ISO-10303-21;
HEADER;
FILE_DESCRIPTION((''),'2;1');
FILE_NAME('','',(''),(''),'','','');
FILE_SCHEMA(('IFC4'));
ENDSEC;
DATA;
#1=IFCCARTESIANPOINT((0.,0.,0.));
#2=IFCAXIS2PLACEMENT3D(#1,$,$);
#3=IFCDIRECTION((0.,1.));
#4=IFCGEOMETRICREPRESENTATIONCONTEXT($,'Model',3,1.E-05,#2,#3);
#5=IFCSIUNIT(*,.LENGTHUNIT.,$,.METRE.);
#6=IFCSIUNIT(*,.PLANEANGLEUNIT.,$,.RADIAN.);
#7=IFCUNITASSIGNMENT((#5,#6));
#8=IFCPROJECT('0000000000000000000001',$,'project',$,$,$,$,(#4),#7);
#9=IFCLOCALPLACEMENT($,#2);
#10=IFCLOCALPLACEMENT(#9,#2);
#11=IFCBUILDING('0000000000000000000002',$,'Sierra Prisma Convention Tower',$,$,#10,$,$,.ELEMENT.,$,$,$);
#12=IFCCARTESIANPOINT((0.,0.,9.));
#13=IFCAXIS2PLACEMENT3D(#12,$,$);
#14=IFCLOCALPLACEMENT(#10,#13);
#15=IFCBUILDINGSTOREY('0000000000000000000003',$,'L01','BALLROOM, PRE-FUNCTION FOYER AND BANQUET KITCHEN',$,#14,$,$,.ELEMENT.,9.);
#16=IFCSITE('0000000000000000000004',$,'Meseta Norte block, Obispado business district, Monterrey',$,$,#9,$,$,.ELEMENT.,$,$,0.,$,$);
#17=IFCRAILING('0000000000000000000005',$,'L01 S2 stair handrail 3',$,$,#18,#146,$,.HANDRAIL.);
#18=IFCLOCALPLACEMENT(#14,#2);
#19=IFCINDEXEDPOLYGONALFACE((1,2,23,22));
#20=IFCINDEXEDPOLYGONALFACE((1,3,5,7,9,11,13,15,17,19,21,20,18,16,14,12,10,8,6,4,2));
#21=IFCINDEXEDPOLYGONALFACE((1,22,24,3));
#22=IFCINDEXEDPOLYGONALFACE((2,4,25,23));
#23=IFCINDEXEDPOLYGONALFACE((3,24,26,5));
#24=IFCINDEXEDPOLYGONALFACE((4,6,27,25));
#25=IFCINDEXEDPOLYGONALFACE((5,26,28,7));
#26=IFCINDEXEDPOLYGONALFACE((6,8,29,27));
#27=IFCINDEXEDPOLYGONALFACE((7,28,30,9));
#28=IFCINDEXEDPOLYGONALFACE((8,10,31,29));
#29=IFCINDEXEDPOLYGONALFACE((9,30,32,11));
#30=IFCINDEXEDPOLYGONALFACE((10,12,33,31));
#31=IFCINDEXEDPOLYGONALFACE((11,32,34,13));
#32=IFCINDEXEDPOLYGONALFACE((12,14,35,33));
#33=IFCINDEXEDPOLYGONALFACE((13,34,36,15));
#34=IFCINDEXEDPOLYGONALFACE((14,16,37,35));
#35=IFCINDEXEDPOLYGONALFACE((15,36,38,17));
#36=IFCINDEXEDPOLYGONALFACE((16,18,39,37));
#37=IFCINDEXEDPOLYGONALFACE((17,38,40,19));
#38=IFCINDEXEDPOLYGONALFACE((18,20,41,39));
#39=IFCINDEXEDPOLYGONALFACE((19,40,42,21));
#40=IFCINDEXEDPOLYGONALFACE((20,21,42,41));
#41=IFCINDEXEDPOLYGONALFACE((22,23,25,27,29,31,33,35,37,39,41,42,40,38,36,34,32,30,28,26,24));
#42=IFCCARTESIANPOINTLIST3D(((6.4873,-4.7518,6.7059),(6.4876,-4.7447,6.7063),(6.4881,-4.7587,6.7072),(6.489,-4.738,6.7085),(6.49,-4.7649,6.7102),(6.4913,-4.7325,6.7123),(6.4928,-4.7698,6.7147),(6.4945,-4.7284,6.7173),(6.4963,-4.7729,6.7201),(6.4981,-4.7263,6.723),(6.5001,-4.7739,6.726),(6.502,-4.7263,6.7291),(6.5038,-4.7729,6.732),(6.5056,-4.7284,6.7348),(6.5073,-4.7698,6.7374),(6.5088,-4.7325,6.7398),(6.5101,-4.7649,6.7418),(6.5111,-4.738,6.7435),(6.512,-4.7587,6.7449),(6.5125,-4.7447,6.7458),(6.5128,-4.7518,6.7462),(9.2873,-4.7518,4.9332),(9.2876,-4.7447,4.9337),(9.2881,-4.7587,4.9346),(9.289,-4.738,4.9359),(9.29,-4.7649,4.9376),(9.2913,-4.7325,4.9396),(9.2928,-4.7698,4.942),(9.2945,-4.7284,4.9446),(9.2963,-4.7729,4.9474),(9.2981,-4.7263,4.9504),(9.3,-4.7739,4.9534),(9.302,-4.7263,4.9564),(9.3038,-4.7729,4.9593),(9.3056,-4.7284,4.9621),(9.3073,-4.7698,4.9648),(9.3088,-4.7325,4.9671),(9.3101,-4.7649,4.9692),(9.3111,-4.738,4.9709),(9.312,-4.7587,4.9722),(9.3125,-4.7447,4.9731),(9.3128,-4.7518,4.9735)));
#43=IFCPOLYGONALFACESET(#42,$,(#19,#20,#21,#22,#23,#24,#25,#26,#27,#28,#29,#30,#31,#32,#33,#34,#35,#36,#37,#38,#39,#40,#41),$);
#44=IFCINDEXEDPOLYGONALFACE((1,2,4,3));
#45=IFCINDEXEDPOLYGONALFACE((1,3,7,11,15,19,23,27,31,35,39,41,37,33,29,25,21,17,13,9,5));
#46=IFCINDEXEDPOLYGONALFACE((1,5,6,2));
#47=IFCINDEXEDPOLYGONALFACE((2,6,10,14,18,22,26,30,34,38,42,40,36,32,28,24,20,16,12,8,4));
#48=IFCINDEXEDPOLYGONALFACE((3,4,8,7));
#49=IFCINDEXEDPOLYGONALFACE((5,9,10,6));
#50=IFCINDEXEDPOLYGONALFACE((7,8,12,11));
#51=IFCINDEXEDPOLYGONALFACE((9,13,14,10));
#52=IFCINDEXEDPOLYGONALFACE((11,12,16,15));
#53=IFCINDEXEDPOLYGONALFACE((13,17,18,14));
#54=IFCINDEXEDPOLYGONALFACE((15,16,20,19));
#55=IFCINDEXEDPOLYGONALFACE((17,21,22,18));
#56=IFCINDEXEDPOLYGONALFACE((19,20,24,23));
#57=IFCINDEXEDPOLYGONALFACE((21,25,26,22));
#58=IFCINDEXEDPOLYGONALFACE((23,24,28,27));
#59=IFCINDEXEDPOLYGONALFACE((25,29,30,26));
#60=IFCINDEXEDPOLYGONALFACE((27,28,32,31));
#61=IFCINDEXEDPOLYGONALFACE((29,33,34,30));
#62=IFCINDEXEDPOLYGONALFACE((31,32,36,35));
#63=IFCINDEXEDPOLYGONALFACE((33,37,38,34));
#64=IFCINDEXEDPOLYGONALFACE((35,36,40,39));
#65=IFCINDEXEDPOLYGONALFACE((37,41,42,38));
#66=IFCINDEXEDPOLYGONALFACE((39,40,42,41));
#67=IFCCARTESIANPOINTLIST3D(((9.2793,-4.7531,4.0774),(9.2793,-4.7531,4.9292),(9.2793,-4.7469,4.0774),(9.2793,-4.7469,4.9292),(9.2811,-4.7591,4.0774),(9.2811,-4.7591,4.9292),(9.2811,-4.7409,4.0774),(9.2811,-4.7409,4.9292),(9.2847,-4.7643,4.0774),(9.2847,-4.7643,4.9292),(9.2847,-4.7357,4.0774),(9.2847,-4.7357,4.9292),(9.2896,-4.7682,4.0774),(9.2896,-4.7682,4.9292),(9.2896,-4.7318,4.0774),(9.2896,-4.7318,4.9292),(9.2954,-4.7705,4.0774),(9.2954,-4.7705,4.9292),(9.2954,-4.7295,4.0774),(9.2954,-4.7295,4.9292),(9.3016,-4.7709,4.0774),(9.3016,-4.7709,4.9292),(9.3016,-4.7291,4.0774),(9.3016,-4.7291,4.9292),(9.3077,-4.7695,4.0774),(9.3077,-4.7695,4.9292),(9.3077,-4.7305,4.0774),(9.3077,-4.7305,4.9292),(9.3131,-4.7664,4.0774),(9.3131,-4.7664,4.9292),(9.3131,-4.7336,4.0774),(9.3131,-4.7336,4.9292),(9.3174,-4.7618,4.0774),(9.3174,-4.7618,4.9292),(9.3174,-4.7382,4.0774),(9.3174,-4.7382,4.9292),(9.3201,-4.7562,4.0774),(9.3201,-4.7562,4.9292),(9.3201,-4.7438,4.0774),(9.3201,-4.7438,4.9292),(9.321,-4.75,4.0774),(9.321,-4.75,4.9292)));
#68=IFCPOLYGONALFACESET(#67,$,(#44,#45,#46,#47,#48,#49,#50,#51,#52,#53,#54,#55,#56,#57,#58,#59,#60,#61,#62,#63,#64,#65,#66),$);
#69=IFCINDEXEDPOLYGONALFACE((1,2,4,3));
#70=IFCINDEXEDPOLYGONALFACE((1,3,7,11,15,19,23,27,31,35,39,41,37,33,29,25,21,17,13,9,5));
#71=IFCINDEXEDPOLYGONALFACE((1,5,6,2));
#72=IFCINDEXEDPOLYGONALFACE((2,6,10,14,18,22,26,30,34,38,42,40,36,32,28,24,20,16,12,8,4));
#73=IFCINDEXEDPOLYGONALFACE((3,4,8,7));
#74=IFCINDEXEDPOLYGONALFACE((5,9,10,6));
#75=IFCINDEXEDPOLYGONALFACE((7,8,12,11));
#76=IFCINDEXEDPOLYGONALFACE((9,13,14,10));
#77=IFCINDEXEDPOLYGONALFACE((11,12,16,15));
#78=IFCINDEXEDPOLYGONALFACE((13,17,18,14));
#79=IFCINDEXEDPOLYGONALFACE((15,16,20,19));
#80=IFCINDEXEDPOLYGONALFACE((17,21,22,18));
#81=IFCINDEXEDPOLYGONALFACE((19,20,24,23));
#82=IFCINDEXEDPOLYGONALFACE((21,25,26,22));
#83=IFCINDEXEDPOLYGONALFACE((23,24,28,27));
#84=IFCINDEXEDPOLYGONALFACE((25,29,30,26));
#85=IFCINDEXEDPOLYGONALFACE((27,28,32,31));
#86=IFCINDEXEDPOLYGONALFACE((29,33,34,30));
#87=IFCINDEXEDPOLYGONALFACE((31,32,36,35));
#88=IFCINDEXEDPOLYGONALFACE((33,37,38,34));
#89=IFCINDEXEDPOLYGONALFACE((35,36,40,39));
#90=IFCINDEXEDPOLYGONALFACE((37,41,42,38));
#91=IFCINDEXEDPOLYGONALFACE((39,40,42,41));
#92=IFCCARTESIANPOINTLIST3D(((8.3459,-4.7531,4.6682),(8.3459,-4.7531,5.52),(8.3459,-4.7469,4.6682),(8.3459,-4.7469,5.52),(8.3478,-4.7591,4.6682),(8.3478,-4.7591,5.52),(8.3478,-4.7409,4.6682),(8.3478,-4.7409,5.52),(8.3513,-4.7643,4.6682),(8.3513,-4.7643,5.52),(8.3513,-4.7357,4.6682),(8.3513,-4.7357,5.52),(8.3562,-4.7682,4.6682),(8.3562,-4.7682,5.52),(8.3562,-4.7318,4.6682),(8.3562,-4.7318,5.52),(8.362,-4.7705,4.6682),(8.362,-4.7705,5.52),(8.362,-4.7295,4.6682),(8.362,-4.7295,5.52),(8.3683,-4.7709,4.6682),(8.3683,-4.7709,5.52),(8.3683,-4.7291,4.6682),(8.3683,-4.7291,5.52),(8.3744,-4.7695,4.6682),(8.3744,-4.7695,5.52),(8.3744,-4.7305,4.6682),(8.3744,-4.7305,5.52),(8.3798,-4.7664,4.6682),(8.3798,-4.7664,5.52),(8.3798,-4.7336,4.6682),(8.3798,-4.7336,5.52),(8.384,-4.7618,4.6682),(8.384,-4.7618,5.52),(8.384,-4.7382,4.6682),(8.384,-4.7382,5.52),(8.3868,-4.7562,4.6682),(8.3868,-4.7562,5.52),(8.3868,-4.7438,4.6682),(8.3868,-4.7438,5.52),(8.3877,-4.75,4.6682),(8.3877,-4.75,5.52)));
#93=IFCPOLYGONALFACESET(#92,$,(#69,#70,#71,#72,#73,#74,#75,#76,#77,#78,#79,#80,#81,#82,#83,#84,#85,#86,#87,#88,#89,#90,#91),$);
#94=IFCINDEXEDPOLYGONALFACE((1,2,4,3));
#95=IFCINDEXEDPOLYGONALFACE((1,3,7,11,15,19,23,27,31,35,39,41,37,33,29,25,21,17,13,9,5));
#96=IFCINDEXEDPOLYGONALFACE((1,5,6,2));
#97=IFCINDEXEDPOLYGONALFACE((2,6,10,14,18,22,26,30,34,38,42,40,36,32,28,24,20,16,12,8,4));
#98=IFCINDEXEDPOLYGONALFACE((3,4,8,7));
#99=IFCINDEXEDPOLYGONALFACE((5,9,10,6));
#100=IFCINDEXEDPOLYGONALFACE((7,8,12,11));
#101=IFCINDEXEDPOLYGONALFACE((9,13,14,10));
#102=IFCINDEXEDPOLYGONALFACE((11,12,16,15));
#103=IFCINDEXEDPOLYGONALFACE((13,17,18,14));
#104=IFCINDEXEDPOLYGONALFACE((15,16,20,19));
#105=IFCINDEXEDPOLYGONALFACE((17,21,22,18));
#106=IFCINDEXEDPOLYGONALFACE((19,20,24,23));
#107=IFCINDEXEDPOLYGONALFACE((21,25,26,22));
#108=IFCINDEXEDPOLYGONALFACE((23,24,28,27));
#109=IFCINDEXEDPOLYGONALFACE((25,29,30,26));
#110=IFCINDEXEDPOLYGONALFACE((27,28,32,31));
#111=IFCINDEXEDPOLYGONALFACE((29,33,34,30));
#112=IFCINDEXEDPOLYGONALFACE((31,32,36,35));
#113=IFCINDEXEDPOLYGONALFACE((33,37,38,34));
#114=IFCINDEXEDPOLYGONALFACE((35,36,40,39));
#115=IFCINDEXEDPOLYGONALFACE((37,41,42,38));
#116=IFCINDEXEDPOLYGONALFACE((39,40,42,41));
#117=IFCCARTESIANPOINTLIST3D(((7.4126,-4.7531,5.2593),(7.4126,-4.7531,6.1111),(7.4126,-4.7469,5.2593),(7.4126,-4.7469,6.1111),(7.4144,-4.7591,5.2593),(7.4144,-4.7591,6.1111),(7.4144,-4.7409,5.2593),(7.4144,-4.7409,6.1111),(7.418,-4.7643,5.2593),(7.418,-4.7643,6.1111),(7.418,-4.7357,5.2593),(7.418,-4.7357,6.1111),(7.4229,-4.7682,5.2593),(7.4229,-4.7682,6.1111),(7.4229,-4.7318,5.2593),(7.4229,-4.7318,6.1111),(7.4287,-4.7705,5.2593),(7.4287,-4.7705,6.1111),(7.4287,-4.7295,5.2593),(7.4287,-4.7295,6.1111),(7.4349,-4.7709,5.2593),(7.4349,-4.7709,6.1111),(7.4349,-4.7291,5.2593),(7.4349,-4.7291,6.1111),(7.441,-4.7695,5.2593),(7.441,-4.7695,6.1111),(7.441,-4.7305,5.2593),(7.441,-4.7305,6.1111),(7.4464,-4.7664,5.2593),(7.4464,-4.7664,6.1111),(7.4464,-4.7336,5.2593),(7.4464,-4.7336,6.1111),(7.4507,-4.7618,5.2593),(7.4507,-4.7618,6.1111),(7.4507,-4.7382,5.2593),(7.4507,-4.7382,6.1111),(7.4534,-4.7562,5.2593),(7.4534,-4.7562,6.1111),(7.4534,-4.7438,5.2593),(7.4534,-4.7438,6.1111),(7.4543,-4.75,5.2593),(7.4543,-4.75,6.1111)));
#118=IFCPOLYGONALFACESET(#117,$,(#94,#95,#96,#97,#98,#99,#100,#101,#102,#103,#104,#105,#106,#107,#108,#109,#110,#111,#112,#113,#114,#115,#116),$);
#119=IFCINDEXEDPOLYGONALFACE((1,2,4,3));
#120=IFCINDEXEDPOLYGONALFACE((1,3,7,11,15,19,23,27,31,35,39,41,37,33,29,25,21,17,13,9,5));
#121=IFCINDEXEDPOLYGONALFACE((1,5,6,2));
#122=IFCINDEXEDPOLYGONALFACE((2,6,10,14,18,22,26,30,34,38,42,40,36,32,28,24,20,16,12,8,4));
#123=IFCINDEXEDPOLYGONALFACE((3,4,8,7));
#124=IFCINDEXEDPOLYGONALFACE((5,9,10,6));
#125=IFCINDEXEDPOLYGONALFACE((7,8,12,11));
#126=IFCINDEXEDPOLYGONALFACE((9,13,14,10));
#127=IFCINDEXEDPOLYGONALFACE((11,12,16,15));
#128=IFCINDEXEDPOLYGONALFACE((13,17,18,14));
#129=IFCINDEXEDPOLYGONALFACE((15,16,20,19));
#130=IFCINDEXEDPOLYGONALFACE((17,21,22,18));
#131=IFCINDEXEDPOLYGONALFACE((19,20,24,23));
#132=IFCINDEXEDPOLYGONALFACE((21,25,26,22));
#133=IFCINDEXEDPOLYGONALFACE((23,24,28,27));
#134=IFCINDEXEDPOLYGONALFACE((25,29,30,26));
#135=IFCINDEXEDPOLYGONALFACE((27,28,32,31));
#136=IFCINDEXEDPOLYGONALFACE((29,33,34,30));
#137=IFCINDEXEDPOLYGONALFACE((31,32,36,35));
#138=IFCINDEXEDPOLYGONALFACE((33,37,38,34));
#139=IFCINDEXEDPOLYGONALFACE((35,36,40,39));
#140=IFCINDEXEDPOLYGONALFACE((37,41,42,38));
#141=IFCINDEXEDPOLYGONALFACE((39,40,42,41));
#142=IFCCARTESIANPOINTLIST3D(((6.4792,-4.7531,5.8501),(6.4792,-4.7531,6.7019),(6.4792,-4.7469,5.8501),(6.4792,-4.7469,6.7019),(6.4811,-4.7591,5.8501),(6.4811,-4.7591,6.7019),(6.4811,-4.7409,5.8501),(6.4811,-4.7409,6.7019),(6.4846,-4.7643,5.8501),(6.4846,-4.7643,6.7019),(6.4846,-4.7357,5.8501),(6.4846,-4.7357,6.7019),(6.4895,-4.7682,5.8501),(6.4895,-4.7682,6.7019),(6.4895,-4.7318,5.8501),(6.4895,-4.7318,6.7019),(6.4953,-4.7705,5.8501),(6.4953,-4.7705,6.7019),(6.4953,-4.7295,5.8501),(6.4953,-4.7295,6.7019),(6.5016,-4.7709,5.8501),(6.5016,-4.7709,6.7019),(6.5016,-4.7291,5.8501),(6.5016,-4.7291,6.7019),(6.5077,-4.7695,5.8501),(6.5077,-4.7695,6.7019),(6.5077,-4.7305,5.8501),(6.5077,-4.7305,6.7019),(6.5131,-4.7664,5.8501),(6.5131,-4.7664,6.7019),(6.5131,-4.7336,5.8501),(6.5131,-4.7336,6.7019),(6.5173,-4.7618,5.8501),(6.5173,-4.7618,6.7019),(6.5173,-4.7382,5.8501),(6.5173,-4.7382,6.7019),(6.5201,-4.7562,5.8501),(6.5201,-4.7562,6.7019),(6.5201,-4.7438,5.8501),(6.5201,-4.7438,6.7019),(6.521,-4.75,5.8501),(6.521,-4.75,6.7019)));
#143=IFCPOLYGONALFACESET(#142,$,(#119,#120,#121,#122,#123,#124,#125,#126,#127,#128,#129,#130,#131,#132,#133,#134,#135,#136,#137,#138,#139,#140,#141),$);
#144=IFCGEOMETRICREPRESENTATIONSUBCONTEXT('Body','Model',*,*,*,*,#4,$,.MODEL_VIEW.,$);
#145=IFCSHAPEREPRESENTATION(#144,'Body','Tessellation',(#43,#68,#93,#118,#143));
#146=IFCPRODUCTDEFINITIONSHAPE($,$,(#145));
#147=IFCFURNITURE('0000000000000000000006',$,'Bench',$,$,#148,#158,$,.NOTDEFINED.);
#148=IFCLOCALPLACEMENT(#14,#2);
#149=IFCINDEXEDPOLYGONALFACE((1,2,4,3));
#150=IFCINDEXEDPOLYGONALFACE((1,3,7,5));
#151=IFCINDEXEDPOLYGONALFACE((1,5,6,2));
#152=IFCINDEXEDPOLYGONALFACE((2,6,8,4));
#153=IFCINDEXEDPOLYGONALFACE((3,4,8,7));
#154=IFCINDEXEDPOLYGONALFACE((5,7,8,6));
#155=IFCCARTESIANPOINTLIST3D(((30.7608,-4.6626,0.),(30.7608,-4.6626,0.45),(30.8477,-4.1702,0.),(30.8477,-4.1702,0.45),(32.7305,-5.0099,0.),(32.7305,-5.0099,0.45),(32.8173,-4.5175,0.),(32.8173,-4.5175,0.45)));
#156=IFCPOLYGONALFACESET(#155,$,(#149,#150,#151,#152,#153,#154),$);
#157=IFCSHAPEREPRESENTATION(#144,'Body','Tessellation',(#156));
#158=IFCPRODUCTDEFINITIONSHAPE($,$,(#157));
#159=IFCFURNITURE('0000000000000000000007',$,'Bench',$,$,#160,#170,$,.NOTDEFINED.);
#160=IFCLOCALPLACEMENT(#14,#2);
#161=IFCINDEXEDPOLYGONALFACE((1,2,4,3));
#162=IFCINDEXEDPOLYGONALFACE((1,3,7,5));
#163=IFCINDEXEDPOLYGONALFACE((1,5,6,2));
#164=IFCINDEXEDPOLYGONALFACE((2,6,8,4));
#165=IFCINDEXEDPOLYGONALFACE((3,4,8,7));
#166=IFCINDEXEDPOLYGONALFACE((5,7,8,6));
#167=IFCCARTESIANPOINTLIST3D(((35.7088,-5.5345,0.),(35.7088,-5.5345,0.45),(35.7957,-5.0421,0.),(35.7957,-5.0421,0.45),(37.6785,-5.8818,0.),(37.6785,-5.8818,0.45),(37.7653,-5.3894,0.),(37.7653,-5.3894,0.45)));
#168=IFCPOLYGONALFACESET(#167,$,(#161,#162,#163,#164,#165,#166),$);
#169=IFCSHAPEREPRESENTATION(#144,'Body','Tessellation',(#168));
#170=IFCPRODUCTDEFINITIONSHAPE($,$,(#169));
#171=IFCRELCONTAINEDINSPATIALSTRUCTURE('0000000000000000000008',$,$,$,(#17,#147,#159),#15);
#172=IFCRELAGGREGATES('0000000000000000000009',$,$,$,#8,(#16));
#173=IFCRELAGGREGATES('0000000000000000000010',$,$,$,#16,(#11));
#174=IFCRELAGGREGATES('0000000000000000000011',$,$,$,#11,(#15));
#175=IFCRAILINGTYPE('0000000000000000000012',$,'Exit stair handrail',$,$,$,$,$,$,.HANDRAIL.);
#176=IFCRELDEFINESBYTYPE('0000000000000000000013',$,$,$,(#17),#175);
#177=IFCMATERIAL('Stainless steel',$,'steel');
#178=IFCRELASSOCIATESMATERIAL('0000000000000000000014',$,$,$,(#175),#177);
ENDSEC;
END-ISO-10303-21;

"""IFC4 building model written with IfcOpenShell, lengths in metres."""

from ifc_helpers import new_model, si_unit, direction, frame, origin, origin_2d, place, context, subcontext, project, spatial, rectangle, circle, extrude, material, type_object, element, save


model = new_model("IFC4")

# Units and contexts
model_context = context("Model", 3, precision=1e-05, world=origin(), true_north=direction((0.0, 1.0)))
body_context = subcontext(model_context, "Body", "Model", "MODEL_VIEW")
ifc_project = project(units=[si_unit("LENGTHUNIT", "METRE"), si_unit("PLANEANGLEUNIT", "RADIAN")], contexts=[model_context])

# Site, building, storey
site_placement = place(None, origin())
site = spatial("IfcSite", under=ifc_project, at=site_placement, Name="Meseta Norte block, Obispado business district, Monterrey", CompositionType="ELEMENT", RefElevation=0.0)
building_placement = place(site_placement, origin())
building = spatial("IfcBuilding", under=site, at=building_placement, Name="Sierra Prisma Convention Tower", CompositionType="ELEMENT")
storey_placement = place(building_placement, frame((0.0, 0.0, 9.0)))
storey = spatial("IfcBuildingStorey", under=building, at=storey_placement, Name="L01", Description="BALLROOM, PRE-FUNCTION FOYER AND BANQUET KITCHEN", CompositionType="ELEMENT", Elevation=9.0)

# Railing
ifc_material_1 = material(Name="Stainless steel", Category="steel")
railing_type = type_object("IfcRailingType", Name="Exit stair handrail", PredefinedType="HANDRAIL", material=ifc_material_1)
for number, where, name in (
    (1, (9.3, -4.75, 4.0774), "L01 S2 stair handrail 3"),
):
    element("IfcRailing", number, at=place(storey_placement, frame(where)), inside=storey, type_object=railing_type, Name=name, PredefinedType="HANDRAIL", context=body_context, shape_type="SweptSolid", body=[
        extrude(circle(Radius=0.0239, at=origin_2d()), frame((0.0, 0.0, 0.876), z_axis=(-0.844909, 0.0, 0.53491), x_axis=(0.0, -1.0, 0.0)), (0.0, 0.0, 1.0), 3.314),
        extrude(circle(Radius=0.021, at=origin_2d()), origin(), (0.0, 0.0, 1.0), 0.8518),
        extrude(circle(Radius=0.021, at=origin_2d()), frame((-0.9333, 0.0, 0.5908)), (0.0, 0.0, 1.0), 0.8518),
        extrude(circle(Radius=0.021, at=origin_2d()), frame((-1.8667, 0.0, 1.1819)), (0.0, 0.0, 1.0), 0.8518),
        extrude(circle(Radius=0.021, at=origin_2d()), frame((-2.8, 0.0, 1.7727)), (0.0, 0.0, 1.0), 0.8518),
    ])

# Furniture
for number, where, z_axis, x_axis, name in (
    (2, (31.7891, -4.5901, 0.0), (0.0, 0.0, 1.0), (0.984808, -0.173648, 0.0), "Bench"),
    (3, (36.7371, -5.4619, 0.0), (0.0, 0.0, 1.0), (0.984808, -0.173648, 0.0), "Bench"),
):
    element("IfcFurniture", number, at=place(storey_placement, frame(where, z_axis=z_axis, x_axis=x_axis)), inside=storey, Name=name, PredefinedType="NOTDEFINED", context=body_context, shape_type="SweptSolid", body=[
        extrude(rectangle(XDim=2.0, YDim=0.5, at=origin_2d()), origin(), (0.0, 0.0, 1.0), 0.45),
    ])

save(model, "model.ifc")
